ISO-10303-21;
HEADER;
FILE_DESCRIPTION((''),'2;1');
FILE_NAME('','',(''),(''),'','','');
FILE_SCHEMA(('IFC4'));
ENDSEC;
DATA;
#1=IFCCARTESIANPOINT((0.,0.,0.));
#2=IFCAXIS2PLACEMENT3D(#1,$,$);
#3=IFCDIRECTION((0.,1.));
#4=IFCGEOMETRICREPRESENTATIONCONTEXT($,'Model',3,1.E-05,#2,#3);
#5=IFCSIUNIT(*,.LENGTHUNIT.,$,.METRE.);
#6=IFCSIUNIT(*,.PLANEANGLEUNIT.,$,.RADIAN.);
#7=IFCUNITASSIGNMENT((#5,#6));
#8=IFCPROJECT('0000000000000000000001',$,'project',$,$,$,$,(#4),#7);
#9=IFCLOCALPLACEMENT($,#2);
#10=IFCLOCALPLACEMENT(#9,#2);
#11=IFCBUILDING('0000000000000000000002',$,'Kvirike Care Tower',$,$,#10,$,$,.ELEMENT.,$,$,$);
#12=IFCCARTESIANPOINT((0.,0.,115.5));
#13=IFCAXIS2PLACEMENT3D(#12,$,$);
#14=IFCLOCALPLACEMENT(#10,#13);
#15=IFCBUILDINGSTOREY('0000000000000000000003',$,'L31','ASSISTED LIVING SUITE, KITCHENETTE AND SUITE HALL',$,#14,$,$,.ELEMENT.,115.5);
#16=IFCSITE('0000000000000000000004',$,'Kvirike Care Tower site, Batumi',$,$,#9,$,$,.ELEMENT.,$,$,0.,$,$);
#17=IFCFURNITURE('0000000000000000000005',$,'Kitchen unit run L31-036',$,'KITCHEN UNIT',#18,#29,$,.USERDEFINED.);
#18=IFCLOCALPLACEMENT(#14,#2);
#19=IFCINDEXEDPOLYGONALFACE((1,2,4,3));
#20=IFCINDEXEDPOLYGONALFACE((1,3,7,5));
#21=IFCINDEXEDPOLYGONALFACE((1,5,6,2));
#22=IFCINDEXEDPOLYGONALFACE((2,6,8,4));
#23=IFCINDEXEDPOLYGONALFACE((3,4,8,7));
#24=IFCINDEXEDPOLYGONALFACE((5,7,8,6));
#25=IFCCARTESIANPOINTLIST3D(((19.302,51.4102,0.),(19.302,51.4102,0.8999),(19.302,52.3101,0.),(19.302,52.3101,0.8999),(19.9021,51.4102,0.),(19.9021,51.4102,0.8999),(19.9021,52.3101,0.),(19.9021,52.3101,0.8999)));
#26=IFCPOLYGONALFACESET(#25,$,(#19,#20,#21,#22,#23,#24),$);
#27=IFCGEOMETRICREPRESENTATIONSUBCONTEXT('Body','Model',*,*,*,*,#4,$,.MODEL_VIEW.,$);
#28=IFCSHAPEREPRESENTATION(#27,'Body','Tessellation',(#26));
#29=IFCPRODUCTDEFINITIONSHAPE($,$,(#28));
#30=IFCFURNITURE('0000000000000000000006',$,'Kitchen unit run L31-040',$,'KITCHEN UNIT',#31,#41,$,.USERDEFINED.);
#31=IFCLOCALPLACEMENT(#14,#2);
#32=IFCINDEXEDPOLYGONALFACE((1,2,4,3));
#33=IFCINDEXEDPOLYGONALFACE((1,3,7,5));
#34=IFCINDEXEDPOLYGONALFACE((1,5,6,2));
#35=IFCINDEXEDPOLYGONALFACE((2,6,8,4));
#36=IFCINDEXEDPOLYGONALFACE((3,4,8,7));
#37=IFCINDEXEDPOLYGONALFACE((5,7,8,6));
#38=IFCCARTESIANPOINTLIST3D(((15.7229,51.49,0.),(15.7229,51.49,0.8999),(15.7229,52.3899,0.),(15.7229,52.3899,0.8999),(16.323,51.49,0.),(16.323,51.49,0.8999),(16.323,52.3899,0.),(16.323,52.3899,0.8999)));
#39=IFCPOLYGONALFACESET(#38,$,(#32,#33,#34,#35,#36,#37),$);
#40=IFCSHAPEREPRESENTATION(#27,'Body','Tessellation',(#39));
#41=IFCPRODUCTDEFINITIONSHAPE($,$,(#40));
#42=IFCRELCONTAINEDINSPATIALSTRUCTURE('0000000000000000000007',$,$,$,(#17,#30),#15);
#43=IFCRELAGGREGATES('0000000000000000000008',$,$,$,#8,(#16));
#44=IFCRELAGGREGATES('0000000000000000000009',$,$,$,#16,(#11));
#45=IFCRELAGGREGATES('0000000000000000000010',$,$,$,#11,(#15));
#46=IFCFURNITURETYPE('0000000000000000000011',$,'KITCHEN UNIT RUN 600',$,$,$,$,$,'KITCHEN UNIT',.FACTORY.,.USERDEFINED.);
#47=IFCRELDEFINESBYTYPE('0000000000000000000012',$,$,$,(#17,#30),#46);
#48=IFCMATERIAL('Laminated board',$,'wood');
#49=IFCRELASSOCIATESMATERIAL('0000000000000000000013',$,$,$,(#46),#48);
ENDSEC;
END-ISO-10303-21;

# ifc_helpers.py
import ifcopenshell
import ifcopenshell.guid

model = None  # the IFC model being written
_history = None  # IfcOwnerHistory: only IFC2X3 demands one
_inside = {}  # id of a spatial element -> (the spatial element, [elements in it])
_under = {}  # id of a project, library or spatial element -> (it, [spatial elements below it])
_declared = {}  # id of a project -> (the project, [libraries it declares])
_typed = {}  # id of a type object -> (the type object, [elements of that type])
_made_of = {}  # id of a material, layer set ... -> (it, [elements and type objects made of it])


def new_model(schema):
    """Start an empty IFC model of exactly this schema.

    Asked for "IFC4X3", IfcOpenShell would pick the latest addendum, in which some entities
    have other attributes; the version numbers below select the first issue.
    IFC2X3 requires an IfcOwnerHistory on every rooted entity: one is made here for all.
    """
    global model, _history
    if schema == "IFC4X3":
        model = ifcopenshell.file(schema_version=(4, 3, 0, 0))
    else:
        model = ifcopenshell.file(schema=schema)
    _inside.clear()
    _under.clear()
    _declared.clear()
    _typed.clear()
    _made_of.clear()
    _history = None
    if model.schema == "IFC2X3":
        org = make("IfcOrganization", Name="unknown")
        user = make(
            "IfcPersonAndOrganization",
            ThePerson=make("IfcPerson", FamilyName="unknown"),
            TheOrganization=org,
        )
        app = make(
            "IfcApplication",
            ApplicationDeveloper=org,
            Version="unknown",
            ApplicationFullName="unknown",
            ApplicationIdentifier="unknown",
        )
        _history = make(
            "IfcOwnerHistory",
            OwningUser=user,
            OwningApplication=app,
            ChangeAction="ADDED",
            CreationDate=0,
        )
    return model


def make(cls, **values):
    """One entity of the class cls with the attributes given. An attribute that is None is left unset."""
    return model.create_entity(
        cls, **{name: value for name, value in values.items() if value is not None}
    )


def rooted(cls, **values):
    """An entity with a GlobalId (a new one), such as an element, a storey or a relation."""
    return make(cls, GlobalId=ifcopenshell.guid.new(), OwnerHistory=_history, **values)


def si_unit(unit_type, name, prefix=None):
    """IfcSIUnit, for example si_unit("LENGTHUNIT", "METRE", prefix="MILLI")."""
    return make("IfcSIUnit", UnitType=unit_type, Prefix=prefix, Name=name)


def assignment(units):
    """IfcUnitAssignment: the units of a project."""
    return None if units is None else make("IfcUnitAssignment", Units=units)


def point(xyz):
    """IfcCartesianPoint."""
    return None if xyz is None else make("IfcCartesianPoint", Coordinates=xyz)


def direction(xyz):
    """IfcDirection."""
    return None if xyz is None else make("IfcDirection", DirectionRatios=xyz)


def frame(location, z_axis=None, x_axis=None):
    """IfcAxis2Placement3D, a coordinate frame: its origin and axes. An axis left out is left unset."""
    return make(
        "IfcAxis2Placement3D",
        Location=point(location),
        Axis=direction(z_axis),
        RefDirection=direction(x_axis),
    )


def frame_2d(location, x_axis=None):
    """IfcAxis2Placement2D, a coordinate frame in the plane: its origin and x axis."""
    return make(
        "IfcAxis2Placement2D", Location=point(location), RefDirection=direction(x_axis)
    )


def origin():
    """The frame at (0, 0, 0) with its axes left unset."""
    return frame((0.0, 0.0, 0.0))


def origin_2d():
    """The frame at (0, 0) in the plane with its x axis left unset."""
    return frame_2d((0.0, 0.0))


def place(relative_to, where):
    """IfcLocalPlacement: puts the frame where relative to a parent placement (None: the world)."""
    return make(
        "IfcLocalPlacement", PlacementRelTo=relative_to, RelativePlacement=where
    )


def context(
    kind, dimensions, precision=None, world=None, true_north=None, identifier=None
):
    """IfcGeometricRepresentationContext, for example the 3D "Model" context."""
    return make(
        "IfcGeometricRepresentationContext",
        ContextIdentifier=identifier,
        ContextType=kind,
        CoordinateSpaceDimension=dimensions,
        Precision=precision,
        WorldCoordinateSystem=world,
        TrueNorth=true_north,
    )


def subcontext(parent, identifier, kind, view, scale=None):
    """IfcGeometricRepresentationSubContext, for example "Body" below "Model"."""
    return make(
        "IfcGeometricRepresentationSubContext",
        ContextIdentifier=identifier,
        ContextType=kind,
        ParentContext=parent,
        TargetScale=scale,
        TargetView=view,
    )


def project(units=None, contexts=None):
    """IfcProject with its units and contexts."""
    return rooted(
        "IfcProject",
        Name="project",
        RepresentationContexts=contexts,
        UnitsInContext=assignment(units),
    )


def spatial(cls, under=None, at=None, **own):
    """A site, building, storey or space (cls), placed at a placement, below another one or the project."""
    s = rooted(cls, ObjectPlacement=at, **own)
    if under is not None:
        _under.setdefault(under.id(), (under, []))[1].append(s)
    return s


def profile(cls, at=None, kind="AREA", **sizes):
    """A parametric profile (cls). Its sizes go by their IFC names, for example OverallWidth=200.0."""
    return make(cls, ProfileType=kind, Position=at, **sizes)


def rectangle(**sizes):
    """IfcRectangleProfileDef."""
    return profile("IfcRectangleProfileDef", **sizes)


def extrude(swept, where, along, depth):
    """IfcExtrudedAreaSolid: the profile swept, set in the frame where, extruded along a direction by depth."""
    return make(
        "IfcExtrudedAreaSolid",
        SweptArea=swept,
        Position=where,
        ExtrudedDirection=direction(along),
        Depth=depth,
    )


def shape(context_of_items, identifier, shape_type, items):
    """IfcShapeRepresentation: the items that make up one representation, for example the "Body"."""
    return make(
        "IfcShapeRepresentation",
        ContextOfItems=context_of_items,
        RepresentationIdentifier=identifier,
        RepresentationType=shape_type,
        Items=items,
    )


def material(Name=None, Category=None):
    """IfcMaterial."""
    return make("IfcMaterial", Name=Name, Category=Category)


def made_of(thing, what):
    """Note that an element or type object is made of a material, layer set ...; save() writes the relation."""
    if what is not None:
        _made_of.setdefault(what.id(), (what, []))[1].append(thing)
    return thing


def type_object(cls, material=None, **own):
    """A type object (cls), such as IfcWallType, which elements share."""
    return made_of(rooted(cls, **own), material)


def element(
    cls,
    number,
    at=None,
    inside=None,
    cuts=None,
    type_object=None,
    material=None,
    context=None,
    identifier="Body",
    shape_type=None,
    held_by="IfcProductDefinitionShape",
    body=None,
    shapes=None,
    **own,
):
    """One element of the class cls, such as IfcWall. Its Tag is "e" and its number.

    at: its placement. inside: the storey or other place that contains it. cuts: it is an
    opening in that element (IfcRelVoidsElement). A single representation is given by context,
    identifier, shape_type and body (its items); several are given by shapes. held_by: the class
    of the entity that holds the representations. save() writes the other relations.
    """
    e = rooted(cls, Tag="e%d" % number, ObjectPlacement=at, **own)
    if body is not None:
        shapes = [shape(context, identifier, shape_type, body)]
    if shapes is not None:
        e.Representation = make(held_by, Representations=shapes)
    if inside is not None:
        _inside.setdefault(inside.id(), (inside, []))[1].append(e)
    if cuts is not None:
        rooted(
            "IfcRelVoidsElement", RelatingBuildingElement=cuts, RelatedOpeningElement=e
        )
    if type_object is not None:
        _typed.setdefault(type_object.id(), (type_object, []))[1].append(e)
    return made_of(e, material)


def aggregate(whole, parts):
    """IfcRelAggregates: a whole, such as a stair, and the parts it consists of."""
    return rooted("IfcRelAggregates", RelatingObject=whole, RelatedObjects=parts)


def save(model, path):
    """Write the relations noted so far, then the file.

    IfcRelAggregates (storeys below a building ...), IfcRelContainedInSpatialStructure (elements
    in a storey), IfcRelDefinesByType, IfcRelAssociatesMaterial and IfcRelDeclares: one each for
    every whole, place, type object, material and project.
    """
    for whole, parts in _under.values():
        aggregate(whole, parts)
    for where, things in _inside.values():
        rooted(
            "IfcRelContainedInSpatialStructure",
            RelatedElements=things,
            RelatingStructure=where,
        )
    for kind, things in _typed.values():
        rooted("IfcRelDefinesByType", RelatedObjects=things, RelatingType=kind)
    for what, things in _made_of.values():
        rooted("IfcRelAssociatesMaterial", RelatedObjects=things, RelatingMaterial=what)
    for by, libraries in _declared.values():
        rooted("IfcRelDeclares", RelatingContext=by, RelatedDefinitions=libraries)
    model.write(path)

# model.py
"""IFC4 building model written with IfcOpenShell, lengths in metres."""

from ifc_helpers import new_model, si_unit, direction, frame, origin, origin_2d, place, context, subcontext, project, spatial, rectangle, extrude, material, type_object, element, save


model = new_model("IFC4")

# Units and contexts
model_context = context("Model", 3, precision=1e-05, world=origin(), true_north=direction((0.0, 1.0)))
body_context = subcontext(model_context, "Body", "Model", "MODEL_VIEW")
ifc_project = project(units=[si_unit("LENGTHUNIT", "METRE"), si_unit("PLANEANGLEUNIT", "RADIAN")], contexts=[model_context])

# Site, building, storey
site_placement = place(None, origin())
site = spatial("IfcSite", under=ifc_project, at=site_placement, Name="Kvirike Care Tower site, Batumi", CompositionType="ELEMENT", RefElevation=0.0)
building_placement = place(site_placement, origin())
building = spatial("IfcBuilding", under=site, at=building_placement, Name="Kvirike Care Tower", CompositionType="ELEMENT")
storey_placement = place(building_placement, frame((0.0, 0.0, 115.5)))
storey = spatial("IfcBuildingStorey", under=building, at=storey_placement, Name="L31", Description="ASSISTED LIVING SUITE, KITCHENETTE AND SUITE HALL", CompositionType="ELEMENT", Elevation=115.5)

# Furniture
ifc_material_1 = material(Name="Laminated board", Category="wood")
furniture_type = type_object("IfcFurnitureType", Name="KITCHEN UNIT RUN 600", ElementType="KITCHEN UNIT", AssemblyPlace="FACTORY", PredefinedType="USERDEFINED", material=ifc_material_1)
for number, where, z_axis, x_axis, name in (
    (1, (19.6021, 51.8601, 0.0), (0.0, 0.0, 1.0), (0.0, 1.0, 0.0), "Kitchen unit run L31-036"),
    (2, (16.0229, 51.9399, 0.0), (0.0, 0.0, 1.0), (0.0, -1.0, 0.0), "Kitchen unit run L31-040"),
):
    element("IfcFurniture", number, at=place(storey_placement, frame(where, z_axis=z_axis, x_axis=x_axis)), inside=storey, type_object=furniture_type, Name=name, ObjectType="KITCHEN UNIT", PredefinedType="USERDEFINED", context=body_context, shape_type="SweptSolid", body=[
        extrude(rectangle(XDim=0.8999, YDim=0.6001, at=origin_2d()), origin(), (0.0, 0.0, 1.0), 0.8999),
    ])

save(model, "model.ifc")
